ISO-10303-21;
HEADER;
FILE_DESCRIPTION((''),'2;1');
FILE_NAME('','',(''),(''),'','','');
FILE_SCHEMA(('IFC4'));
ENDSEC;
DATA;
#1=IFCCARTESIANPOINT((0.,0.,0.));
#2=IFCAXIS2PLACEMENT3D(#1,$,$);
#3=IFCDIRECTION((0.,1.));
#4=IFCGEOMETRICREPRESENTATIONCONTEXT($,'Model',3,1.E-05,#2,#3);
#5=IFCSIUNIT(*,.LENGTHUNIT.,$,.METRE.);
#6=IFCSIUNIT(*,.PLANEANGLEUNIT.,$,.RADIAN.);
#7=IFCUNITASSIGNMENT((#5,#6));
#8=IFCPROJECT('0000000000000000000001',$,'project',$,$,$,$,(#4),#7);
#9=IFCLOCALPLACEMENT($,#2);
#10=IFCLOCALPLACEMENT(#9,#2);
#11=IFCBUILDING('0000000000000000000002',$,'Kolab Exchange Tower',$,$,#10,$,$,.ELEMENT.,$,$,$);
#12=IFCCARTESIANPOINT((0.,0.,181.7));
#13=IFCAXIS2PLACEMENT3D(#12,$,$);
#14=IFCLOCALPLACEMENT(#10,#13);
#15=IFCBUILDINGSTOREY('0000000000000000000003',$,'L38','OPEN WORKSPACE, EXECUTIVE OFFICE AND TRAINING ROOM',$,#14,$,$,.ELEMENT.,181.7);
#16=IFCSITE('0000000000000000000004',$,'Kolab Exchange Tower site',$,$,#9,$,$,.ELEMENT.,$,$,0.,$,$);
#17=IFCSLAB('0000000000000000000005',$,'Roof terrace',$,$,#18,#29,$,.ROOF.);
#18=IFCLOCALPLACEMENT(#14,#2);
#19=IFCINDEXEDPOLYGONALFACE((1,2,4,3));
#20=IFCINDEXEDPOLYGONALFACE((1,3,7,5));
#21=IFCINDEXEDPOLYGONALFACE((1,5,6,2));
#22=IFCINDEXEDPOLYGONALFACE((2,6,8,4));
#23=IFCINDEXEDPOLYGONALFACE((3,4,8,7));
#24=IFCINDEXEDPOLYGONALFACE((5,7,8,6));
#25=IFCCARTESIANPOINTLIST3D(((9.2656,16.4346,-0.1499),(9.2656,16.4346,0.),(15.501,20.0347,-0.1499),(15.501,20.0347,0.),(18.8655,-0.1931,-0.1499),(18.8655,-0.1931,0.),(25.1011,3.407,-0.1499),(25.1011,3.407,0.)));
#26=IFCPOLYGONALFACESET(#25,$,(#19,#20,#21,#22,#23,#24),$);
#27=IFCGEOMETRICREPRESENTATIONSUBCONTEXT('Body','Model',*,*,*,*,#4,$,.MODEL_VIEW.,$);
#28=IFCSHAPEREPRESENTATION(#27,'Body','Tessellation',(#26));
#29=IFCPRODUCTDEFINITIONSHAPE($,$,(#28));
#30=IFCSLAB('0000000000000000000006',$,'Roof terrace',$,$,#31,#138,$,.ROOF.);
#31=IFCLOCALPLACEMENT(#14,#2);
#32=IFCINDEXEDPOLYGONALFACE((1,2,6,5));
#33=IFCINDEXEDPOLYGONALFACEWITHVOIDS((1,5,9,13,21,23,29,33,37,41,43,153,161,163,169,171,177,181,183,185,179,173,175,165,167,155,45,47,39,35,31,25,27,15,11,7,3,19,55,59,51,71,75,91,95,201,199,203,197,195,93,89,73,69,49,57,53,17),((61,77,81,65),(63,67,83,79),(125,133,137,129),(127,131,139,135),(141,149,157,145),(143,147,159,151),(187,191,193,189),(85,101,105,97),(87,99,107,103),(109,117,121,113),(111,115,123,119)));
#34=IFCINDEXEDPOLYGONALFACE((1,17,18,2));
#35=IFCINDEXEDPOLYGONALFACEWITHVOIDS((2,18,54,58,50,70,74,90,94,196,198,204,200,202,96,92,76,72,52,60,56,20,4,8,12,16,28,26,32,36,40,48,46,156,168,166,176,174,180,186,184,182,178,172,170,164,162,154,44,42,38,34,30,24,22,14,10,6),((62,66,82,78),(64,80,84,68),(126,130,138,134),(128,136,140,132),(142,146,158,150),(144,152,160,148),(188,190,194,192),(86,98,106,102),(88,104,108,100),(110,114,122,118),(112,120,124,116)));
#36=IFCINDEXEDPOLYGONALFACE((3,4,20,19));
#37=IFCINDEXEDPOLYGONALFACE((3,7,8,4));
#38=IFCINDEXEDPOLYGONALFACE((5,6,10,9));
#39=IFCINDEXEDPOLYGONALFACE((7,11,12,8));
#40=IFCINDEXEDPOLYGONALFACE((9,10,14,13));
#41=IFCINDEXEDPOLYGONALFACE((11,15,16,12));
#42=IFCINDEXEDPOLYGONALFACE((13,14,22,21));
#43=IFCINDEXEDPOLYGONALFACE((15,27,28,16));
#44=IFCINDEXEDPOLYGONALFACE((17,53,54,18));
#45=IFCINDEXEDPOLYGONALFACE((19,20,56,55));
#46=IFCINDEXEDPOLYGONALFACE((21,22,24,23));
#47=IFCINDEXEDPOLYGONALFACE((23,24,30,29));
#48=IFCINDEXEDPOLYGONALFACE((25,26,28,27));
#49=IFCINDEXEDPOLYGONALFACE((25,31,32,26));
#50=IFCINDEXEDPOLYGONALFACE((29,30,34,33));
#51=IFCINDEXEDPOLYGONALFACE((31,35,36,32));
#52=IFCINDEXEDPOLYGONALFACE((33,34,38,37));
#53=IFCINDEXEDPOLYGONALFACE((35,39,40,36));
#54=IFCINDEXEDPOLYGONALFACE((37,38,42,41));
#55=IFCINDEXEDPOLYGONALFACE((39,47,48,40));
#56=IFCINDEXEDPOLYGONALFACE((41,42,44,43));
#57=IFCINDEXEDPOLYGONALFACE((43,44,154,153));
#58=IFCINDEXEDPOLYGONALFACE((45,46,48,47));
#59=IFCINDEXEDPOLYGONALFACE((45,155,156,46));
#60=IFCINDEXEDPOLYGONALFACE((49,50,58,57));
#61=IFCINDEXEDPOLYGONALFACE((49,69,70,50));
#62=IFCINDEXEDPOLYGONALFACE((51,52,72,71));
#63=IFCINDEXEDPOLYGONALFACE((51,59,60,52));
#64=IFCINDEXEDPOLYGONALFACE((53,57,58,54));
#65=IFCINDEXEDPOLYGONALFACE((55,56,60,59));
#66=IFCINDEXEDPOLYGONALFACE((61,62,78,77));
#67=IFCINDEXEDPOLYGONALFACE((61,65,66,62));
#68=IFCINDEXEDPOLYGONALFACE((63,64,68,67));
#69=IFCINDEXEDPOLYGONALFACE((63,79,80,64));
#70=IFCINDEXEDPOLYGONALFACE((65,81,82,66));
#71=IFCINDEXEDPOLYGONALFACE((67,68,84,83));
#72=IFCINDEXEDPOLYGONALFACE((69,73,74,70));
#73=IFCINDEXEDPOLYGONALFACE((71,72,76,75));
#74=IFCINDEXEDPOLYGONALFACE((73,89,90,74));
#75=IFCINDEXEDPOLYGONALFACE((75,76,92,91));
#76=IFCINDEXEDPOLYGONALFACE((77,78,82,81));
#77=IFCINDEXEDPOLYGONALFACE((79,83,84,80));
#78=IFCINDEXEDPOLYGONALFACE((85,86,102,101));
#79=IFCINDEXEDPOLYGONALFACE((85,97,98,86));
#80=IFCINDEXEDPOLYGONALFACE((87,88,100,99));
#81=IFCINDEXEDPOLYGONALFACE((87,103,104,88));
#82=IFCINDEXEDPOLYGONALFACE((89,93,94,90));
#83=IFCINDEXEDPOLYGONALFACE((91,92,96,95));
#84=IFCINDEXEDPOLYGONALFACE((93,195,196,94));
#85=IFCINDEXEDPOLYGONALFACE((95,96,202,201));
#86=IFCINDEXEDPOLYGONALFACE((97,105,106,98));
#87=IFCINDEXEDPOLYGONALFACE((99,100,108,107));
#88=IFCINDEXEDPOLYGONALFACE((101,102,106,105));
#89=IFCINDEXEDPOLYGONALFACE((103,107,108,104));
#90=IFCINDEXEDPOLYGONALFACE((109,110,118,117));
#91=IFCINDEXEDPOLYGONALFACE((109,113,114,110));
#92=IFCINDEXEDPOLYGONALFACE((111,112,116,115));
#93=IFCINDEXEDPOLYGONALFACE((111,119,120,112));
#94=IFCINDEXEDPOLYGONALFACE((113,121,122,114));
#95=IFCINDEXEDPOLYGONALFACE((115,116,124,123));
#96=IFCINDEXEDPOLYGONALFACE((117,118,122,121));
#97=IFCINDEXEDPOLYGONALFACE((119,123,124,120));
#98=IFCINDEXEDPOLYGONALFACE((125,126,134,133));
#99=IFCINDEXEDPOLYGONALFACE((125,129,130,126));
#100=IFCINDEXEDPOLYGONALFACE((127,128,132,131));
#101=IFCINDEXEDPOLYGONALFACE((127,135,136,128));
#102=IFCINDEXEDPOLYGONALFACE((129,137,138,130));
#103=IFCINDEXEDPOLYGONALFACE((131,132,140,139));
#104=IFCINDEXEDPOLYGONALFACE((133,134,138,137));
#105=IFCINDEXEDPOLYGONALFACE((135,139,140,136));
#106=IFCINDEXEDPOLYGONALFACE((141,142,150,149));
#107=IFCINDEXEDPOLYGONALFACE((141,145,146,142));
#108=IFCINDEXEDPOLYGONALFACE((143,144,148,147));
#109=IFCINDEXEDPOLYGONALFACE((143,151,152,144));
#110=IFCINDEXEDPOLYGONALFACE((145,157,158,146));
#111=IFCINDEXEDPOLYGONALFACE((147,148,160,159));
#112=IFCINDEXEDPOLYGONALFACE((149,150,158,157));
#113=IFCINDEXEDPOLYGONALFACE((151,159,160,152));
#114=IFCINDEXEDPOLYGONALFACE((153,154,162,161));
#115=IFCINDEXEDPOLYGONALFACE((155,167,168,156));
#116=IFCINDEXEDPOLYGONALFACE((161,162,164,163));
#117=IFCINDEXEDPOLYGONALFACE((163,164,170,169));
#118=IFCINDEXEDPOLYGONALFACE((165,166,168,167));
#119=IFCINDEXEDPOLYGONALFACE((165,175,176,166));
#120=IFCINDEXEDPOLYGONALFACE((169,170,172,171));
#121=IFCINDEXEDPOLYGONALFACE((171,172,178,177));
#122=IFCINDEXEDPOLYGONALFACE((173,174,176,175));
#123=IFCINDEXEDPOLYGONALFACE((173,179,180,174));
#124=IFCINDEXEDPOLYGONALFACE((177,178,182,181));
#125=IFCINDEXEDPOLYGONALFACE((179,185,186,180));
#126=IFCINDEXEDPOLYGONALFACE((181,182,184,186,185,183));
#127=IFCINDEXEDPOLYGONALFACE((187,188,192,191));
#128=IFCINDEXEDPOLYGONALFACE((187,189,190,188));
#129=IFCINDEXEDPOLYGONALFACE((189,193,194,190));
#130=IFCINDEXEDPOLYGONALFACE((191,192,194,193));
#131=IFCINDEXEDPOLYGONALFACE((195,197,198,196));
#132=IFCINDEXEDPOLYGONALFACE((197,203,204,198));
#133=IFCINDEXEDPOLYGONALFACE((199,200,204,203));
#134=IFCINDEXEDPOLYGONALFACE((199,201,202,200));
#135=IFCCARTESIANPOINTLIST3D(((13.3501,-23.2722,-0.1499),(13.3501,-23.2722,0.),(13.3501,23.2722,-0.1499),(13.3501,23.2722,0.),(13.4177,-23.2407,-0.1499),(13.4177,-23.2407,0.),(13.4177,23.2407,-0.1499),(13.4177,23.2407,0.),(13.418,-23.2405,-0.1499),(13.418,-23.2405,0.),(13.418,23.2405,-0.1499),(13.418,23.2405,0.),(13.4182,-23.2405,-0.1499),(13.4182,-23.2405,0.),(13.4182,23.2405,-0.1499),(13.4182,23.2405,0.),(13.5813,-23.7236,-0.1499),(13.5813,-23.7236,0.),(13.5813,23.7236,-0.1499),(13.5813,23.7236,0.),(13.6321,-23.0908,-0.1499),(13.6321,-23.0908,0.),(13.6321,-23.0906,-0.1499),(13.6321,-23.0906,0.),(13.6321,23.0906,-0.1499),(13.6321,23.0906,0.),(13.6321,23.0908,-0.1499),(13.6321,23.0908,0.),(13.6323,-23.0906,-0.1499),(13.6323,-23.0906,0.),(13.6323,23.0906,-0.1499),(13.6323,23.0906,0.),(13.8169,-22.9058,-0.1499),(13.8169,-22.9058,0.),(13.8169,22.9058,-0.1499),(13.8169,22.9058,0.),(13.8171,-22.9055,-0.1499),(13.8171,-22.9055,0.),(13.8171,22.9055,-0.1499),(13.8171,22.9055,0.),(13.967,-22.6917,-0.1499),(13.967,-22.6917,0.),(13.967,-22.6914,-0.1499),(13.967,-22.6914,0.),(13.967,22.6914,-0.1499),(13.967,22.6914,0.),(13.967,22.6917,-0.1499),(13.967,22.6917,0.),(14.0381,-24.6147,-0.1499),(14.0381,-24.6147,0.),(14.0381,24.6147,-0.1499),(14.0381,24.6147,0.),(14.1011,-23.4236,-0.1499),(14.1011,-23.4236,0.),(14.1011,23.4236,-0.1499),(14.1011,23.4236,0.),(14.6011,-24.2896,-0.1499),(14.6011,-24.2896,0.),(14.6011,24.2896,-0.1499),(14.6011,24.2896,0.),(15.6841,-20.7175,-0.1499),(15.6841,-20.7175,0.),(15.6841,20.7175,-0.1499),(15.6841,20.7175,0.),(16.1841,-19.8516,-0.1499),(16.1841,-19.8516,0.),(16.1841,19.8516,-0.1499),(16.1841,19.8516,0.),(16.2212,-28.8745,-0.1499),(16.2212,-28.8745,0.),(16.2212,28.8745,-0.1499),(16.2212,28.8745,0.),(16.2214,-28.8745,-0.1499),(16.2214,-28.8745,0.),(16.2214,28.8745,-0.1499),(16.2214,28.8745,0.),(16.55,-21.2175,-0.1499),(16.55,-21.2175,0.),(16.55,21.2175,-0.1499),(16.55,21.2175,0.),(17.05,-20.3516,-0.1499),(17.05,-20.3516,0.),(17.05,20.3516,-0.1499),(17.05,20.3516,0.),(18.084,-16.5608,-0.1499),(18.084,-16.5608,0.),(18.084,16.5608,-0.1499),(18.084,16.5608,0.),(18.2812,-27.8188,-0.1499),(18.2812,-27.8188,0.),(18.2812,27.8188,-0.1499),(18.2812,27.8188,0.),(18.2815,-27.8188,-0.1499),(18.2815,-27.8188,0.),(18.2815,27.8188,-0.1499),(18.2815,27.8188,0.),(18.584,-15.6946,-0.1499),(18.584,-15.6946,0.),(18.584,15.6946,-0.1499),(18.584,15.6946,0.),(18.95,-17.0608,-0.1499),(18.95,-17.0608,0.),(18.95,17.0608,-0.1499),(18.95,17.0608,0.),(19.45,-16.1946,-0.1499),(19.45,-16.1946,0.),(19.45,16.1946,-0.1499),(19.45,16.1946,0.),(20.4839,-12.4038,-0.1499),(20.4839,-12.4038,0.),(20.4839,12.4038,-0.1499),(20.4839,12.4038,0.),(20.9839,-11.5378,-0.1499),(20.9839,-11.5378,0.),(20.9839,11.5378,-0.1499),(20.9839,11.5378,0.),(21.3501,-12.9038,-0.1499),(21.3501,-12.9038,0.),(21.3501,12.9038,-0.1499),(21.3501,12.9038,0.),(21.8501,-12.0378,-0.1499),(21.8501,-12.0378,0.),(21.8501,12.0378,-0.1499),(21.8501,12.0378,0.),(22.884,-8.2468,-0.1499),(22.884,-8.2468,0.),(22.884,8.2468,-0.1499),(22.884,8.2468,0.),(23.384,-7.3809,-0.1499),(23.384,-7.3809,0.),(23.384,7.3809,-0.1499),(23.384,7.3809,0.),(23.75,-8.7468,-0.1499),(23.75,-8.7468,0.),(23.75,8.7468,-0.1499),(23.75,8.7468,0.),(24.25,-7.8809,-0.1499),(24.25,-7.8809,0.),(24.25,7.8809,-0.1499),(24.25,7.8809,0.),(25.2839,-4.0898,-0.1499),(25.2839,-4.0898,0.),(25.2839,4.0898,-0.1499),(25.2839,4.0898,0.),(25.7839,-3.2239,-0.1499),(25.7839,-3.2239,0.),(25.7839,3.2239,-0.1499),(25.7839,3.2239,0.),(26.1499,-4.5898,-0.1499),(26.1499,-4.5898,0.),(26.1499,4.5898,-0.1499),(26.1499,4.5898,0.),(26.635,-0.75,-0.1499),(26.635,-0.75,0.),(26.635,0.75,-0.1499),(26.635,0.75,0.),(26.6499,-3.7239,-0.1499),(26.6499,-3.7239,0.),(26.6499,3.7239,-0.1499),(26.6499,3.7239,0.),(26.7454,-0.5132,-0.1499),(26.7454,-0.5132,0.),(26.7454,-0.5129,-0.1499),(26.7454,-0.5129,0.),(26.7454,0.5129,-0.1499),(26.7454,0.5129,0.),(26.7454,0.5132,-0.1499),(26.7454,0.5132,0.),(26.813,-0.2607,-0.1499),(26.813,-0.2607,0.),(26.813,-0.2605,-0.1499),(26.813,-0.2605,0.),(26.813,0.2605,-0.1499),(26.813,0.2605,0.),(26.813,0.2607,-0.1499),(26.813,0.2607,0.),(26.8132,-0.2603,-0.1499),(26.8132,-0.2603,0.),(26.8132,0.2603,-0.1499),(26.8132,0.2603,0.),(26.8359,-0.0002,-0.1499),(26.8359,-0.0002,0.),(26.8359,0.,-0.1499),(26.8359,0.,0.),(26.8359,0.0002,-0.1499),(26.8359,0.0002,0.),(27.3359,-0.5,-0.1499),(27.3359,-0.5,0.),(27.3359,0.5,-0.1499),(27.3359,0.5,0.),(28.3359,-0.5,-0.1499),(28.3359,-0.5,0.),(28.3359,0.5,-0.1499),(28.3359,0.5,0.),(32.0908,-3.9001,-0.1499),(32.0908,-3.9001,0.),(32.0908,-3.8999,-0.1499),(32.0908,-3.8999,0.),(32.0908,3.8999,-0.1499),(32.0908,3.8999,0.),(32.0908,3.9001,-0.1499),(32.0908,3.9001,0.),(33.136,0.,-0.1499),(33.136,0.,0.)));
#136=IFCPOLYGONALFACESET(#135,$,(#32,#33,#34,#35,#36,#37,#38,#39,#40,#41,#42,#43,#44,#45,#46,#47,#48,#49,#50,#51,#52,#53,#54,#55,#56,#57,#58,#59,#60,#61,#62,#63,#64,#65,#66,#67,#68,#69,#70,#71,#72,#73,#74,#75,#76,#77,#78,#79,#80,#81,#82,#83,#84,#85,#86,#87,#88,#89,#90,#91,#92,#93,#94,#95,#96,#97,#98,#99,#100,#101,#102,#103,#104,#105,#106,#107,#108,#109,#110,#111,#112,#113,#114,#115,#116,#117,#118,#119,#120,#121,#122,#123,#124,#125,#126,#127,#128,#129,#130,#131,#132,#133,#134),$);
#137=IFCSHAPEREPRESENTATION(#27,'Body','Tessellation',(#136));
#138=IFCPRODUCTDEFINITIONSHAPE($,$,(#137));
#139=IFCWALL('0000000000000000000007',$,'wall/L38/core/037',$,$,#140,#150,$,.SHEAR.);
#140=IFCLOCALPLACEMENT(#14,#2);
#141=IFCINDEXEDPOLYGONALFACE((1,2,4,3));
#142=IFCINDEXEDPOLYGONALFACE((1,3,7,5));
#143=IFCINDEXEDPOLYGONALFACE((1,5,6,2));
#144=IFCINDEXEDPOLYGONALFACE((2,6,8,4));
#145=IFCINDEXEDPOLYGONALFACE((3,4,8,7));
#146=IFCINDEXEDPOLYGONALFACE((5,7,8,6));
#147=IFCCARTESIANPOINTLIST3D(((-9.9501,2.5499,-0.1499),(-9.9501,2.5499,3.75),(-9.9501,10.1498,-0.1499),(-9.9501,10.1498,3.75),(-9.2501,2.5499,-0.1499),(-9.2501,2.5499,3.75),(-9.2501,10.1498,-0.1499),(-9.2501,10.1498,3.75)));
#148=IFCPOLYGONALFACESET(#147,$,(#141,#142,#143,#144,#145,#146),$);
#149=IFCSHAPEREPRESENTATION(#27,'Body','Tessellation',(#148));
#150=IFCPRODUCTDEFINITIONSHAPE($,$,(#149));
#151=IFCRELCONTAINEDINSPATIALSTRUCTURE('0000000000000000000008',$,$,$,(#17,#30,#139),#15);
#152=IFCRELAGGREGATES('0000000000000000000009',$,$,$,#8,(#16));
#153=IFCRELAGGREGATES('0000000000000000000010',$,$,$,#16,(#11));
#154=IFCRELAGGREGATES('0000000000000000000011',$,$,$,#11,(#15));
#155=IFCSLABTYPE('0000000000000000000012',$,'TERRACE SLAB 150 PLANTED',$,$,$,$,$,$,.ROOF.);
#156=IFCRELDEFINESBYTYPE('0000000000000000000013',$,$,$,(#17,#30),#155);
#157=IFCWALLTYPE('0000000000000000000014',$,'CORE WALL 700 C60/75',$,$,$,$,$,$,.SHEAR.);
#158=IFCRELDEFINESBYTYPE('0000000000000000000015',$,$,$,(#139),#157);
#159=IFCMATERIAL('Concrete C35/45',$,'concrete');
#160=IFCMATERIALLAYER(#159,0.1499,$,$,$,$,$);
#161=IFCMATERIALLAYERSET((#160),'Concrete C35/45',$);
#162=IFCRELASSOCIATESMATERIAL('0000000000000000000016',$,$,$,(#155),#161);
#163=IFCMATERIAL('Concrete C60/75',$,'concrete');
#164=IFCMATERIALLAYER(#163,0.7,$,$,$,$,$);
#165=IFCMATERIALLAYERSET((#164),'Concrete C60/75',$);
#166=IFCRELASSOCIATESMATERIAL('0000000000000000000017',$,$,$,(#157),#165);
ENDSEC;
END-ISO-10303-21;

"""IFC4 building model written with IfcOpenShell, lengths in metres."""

from ifc_helpers import new_model, si_unit, direction, frame, frame_2d, origin, place, context, subcontext, project, spatial, polyline, rectangle, outline, extrude, material, layer, layer_set, type_object, element, save


model = new_model("IFC4")

# Units and contexts
model_context = context("Model", 3, precision=1e-05, world=origin(), true_north=direction((0.0, 1.0)))
body_context = subcontext(model_context, "Body", "Model", "MODEL_VIEW")
ifc_project = project(units=[si_unit("LENGTHUNIT", "METRE"), si_unit("PLANEANGLEUNIT", "RADIAN")], contexts=[model_context])

# Site, building, storey
site_placement = place(None, origin())
site = spatial("IfcSite", under=ifc_project, at=site_placement, Name="Kolab Exchange Tower site", CompositionType="ELEMENT", RefElevation=0.0)
building_placement = place(site_placement, origin())
building = spatial("IfcBuilding", under=site, at=building_placement, Name="Kolab Exchange Tower", CompositionType="ELEMENT")
storey_placement = place(building_placement, frame((0.0, 0.0, 181.7)))
storey = spatial("IfcBuildingStorey", under=building, at=storey_placement, Name="L38", Description="OPEN WORKSPACE, EXECUTIVE OFFICE AND TRAINING ROOM", CompositionType="ELEMENT", Elevation=181.7)

# Shared definitions
ifc_material_1 = material(Name="Concrete C35/45", Category="concrete")

# Slabs
ifc_layer_1 = layer(ifc_material_1, 0.1499)
ifc_layer_set_1 = layer_set([ifc_layer_1], Name="Concrete C35/45")
slab_type_1 = type_object("IfcSlabType", Name="TERRACE SLAB 150 PLANTED", PredefinedType="ROOF", material=ifc_layer_set_1)
slab_1_placement = place(storey_placement, frame((0.0, 0.0, -0.1499)))
element("IfcSlab", 1, at=slab_1_placement, inside=storey, type_object=slab_type_1, Name="Roof terrace", PredefinedType="ROOF", context=body_context, shape_type="SweptSolid", body=[
    extrude(outline(polyline([(15.501, 20.0347), (9.2656, 16.4346), (18.8655, -0.1931), (25.1011, 3.407), (15.501, 20.0347)])), origin(), (0.0, 0.0, 1.0), 0.1499),
])
slab_2_placement = place(storey_placement, frame((0.0, 0.0, -0.1499)))
element("IfcSlab", 2, at=slab_2_placement, inside=storey, type_object=slab_type_1, Name="Roof terrace", PredefinedType="ROOF", context=body_context, shape_type="SweptSolid", body=[
    extrude(outline(polyline([(13.3501, -23.2722), (13.5813, -23.7236), (14.1011, -23.4236), (14.6011, -24.2896), (14.0381, -24.6147), (16.2212, -28.8745), (16.2214, -28.8745), (18.2812, -27.8188), (18.2815, -27.8188), (32.0908, -3.9001), (32.0908, -3.8999), (33.136, 0.0), (32.0908, 3.8999), (32.0908, 3.9001), (18.2815, 27.8188), (18.2812, 27.8188), (16.2214, 28.8745), (16.2212, 28.8745), (14.0381, 24.6147), (14.6011, 24.2896), (14.1011, 23.4236), (13.5813, 23.7236), (13.3501, 23.2722), (13.4177, 23.2407), (13.418, 23.2405), (13.4182, 23.2405), (13.6321, 23.0908), (13.6321, 23.0906), (13.6323, 23.0906), (13.8169, 22.9058), (13.8171, 22.9055), (13.967, 22.6917), (13.967, 22.6914), (26.635, 0.75), (26.7454, 0.5132), (26.7454, 0.5129), (26.813, 0.2607), (26.813, 0.2605), (26.8132, 0.2603), (26.8359, 0.0002), (26.8359, 0.0), (26.8359, -0.0002), (26.8132, -0.2603), (26.813, -0.2605), (26.813, -0.2607), (26.7454, -0.5129), (26.7454, -0.5132), (26.635, -0.75), (13.967, -22.6914), (13.967, -22.6917), (13.8171, -22.9055), (13.8169, -22.9058), (13.6323, -23.0906), (13.6321, -23.0906), (13.6321, -23.0908), (13.4182, -23.2405), (13.418, -23.2405), (13.4177, -23.2407), (13.3501, -23.2722)]), holes=[polyline([(15.6841, -20.7175), (16.1841, -19.8516), (17.05, -20.3516), (16.55, -21.2175), (15.6841, -20.7175)]), polyline([(18.084, -16.5608), (18.584, -15.6946), (19.45, -16.1946), (18.95, -17.0608), (18.084, -16.5608)]), polyline([(20.4839, -12.4038), (20.9839, -11.5378), (21.8501, -12.0378), (21.3501, -12.9038), (20.4839, -12.4038)]), polyline([(23.75, -8.7468), (22.884, -8.2468), (23.384, -7.3809), (24.25, -7.8809), (23.75, -8.7468)]), polyline([(25.2839, -4.0898), (25.7839, -3.2239), (26.6499, -3.7239), (26.1499, -4.5898), (25.2839, -4.0898)]), polyline([(27.3359, -0.5), (27.3359, 0.5), (28.3359, 0.5), (28.3359, -0.5), (27.3359, -0.5)]), polyline([(25.2839, 4.0898), (26.1499, 4.5898), (26.6499, 3.7239), (25.7839, 3.2239), (25.2839, 4.0898)]), polyline([(22.884, 8.2468), (23.75, 8.7468), (24.25, 7.8809), (23.384, 7.3809), (22.884, 8.2468)]), polyline([(20.4839, 12.4038), (21.3501, 12.9038), (21.8501, 12.0378), (20.9839, 11.5378), (20.4839, 12.4038)]), polyline([(18.084, 16.5608), (18.95, 17.0608), (19.45, 16.1946), (18.584, 15.6946), (18.084, 16.5608)]), polyline([(15.6841, 20.7175), (16.55, 21.2175), (17.05, 20.3516), (16.1841, 19.8516), (15.6841, 20.7175)])]), origin(), (0.0, 0.0, 1.0), 0.1499),
])

# Wall
ifc_material_2 = material(Name="Concrete C60/75", Category="concrete")
ifc_layer_2 = layer(ifc_material_2, 0.7)
ifc_layer_set_2 = layer_set([ifc_layer_2], Name="Concrete C60/75")
wall_type_1 = type_object("IfcWallType", Name="CORE WALL 700 C60/75", PredefinedType="SHEAR", material=ifc_layer_set_2)
wall_1_placement = place(storey_placement, frame((-9.6001, 2.55, -0.1499), z_axis=(0.0, 0.0, 1.0), x_axis=(0.0, 1.0, 0.0)))
element("IfcWall", 3, at=wall_1_placement, inside=storey, type_object=wall_type_1, Name="wall/L38/core/037", PredefinedType="SHEAR", context=body_context, shape_type="SweptSolid", body=[
    extrude(rectangle(XDim=7.5999, YDim=0.7, at=frame_2d((3.7998, 0.0))), origin(), (0.0, 0.0, 1.0), 3.8999),
])

save(model, "model.ifc")
